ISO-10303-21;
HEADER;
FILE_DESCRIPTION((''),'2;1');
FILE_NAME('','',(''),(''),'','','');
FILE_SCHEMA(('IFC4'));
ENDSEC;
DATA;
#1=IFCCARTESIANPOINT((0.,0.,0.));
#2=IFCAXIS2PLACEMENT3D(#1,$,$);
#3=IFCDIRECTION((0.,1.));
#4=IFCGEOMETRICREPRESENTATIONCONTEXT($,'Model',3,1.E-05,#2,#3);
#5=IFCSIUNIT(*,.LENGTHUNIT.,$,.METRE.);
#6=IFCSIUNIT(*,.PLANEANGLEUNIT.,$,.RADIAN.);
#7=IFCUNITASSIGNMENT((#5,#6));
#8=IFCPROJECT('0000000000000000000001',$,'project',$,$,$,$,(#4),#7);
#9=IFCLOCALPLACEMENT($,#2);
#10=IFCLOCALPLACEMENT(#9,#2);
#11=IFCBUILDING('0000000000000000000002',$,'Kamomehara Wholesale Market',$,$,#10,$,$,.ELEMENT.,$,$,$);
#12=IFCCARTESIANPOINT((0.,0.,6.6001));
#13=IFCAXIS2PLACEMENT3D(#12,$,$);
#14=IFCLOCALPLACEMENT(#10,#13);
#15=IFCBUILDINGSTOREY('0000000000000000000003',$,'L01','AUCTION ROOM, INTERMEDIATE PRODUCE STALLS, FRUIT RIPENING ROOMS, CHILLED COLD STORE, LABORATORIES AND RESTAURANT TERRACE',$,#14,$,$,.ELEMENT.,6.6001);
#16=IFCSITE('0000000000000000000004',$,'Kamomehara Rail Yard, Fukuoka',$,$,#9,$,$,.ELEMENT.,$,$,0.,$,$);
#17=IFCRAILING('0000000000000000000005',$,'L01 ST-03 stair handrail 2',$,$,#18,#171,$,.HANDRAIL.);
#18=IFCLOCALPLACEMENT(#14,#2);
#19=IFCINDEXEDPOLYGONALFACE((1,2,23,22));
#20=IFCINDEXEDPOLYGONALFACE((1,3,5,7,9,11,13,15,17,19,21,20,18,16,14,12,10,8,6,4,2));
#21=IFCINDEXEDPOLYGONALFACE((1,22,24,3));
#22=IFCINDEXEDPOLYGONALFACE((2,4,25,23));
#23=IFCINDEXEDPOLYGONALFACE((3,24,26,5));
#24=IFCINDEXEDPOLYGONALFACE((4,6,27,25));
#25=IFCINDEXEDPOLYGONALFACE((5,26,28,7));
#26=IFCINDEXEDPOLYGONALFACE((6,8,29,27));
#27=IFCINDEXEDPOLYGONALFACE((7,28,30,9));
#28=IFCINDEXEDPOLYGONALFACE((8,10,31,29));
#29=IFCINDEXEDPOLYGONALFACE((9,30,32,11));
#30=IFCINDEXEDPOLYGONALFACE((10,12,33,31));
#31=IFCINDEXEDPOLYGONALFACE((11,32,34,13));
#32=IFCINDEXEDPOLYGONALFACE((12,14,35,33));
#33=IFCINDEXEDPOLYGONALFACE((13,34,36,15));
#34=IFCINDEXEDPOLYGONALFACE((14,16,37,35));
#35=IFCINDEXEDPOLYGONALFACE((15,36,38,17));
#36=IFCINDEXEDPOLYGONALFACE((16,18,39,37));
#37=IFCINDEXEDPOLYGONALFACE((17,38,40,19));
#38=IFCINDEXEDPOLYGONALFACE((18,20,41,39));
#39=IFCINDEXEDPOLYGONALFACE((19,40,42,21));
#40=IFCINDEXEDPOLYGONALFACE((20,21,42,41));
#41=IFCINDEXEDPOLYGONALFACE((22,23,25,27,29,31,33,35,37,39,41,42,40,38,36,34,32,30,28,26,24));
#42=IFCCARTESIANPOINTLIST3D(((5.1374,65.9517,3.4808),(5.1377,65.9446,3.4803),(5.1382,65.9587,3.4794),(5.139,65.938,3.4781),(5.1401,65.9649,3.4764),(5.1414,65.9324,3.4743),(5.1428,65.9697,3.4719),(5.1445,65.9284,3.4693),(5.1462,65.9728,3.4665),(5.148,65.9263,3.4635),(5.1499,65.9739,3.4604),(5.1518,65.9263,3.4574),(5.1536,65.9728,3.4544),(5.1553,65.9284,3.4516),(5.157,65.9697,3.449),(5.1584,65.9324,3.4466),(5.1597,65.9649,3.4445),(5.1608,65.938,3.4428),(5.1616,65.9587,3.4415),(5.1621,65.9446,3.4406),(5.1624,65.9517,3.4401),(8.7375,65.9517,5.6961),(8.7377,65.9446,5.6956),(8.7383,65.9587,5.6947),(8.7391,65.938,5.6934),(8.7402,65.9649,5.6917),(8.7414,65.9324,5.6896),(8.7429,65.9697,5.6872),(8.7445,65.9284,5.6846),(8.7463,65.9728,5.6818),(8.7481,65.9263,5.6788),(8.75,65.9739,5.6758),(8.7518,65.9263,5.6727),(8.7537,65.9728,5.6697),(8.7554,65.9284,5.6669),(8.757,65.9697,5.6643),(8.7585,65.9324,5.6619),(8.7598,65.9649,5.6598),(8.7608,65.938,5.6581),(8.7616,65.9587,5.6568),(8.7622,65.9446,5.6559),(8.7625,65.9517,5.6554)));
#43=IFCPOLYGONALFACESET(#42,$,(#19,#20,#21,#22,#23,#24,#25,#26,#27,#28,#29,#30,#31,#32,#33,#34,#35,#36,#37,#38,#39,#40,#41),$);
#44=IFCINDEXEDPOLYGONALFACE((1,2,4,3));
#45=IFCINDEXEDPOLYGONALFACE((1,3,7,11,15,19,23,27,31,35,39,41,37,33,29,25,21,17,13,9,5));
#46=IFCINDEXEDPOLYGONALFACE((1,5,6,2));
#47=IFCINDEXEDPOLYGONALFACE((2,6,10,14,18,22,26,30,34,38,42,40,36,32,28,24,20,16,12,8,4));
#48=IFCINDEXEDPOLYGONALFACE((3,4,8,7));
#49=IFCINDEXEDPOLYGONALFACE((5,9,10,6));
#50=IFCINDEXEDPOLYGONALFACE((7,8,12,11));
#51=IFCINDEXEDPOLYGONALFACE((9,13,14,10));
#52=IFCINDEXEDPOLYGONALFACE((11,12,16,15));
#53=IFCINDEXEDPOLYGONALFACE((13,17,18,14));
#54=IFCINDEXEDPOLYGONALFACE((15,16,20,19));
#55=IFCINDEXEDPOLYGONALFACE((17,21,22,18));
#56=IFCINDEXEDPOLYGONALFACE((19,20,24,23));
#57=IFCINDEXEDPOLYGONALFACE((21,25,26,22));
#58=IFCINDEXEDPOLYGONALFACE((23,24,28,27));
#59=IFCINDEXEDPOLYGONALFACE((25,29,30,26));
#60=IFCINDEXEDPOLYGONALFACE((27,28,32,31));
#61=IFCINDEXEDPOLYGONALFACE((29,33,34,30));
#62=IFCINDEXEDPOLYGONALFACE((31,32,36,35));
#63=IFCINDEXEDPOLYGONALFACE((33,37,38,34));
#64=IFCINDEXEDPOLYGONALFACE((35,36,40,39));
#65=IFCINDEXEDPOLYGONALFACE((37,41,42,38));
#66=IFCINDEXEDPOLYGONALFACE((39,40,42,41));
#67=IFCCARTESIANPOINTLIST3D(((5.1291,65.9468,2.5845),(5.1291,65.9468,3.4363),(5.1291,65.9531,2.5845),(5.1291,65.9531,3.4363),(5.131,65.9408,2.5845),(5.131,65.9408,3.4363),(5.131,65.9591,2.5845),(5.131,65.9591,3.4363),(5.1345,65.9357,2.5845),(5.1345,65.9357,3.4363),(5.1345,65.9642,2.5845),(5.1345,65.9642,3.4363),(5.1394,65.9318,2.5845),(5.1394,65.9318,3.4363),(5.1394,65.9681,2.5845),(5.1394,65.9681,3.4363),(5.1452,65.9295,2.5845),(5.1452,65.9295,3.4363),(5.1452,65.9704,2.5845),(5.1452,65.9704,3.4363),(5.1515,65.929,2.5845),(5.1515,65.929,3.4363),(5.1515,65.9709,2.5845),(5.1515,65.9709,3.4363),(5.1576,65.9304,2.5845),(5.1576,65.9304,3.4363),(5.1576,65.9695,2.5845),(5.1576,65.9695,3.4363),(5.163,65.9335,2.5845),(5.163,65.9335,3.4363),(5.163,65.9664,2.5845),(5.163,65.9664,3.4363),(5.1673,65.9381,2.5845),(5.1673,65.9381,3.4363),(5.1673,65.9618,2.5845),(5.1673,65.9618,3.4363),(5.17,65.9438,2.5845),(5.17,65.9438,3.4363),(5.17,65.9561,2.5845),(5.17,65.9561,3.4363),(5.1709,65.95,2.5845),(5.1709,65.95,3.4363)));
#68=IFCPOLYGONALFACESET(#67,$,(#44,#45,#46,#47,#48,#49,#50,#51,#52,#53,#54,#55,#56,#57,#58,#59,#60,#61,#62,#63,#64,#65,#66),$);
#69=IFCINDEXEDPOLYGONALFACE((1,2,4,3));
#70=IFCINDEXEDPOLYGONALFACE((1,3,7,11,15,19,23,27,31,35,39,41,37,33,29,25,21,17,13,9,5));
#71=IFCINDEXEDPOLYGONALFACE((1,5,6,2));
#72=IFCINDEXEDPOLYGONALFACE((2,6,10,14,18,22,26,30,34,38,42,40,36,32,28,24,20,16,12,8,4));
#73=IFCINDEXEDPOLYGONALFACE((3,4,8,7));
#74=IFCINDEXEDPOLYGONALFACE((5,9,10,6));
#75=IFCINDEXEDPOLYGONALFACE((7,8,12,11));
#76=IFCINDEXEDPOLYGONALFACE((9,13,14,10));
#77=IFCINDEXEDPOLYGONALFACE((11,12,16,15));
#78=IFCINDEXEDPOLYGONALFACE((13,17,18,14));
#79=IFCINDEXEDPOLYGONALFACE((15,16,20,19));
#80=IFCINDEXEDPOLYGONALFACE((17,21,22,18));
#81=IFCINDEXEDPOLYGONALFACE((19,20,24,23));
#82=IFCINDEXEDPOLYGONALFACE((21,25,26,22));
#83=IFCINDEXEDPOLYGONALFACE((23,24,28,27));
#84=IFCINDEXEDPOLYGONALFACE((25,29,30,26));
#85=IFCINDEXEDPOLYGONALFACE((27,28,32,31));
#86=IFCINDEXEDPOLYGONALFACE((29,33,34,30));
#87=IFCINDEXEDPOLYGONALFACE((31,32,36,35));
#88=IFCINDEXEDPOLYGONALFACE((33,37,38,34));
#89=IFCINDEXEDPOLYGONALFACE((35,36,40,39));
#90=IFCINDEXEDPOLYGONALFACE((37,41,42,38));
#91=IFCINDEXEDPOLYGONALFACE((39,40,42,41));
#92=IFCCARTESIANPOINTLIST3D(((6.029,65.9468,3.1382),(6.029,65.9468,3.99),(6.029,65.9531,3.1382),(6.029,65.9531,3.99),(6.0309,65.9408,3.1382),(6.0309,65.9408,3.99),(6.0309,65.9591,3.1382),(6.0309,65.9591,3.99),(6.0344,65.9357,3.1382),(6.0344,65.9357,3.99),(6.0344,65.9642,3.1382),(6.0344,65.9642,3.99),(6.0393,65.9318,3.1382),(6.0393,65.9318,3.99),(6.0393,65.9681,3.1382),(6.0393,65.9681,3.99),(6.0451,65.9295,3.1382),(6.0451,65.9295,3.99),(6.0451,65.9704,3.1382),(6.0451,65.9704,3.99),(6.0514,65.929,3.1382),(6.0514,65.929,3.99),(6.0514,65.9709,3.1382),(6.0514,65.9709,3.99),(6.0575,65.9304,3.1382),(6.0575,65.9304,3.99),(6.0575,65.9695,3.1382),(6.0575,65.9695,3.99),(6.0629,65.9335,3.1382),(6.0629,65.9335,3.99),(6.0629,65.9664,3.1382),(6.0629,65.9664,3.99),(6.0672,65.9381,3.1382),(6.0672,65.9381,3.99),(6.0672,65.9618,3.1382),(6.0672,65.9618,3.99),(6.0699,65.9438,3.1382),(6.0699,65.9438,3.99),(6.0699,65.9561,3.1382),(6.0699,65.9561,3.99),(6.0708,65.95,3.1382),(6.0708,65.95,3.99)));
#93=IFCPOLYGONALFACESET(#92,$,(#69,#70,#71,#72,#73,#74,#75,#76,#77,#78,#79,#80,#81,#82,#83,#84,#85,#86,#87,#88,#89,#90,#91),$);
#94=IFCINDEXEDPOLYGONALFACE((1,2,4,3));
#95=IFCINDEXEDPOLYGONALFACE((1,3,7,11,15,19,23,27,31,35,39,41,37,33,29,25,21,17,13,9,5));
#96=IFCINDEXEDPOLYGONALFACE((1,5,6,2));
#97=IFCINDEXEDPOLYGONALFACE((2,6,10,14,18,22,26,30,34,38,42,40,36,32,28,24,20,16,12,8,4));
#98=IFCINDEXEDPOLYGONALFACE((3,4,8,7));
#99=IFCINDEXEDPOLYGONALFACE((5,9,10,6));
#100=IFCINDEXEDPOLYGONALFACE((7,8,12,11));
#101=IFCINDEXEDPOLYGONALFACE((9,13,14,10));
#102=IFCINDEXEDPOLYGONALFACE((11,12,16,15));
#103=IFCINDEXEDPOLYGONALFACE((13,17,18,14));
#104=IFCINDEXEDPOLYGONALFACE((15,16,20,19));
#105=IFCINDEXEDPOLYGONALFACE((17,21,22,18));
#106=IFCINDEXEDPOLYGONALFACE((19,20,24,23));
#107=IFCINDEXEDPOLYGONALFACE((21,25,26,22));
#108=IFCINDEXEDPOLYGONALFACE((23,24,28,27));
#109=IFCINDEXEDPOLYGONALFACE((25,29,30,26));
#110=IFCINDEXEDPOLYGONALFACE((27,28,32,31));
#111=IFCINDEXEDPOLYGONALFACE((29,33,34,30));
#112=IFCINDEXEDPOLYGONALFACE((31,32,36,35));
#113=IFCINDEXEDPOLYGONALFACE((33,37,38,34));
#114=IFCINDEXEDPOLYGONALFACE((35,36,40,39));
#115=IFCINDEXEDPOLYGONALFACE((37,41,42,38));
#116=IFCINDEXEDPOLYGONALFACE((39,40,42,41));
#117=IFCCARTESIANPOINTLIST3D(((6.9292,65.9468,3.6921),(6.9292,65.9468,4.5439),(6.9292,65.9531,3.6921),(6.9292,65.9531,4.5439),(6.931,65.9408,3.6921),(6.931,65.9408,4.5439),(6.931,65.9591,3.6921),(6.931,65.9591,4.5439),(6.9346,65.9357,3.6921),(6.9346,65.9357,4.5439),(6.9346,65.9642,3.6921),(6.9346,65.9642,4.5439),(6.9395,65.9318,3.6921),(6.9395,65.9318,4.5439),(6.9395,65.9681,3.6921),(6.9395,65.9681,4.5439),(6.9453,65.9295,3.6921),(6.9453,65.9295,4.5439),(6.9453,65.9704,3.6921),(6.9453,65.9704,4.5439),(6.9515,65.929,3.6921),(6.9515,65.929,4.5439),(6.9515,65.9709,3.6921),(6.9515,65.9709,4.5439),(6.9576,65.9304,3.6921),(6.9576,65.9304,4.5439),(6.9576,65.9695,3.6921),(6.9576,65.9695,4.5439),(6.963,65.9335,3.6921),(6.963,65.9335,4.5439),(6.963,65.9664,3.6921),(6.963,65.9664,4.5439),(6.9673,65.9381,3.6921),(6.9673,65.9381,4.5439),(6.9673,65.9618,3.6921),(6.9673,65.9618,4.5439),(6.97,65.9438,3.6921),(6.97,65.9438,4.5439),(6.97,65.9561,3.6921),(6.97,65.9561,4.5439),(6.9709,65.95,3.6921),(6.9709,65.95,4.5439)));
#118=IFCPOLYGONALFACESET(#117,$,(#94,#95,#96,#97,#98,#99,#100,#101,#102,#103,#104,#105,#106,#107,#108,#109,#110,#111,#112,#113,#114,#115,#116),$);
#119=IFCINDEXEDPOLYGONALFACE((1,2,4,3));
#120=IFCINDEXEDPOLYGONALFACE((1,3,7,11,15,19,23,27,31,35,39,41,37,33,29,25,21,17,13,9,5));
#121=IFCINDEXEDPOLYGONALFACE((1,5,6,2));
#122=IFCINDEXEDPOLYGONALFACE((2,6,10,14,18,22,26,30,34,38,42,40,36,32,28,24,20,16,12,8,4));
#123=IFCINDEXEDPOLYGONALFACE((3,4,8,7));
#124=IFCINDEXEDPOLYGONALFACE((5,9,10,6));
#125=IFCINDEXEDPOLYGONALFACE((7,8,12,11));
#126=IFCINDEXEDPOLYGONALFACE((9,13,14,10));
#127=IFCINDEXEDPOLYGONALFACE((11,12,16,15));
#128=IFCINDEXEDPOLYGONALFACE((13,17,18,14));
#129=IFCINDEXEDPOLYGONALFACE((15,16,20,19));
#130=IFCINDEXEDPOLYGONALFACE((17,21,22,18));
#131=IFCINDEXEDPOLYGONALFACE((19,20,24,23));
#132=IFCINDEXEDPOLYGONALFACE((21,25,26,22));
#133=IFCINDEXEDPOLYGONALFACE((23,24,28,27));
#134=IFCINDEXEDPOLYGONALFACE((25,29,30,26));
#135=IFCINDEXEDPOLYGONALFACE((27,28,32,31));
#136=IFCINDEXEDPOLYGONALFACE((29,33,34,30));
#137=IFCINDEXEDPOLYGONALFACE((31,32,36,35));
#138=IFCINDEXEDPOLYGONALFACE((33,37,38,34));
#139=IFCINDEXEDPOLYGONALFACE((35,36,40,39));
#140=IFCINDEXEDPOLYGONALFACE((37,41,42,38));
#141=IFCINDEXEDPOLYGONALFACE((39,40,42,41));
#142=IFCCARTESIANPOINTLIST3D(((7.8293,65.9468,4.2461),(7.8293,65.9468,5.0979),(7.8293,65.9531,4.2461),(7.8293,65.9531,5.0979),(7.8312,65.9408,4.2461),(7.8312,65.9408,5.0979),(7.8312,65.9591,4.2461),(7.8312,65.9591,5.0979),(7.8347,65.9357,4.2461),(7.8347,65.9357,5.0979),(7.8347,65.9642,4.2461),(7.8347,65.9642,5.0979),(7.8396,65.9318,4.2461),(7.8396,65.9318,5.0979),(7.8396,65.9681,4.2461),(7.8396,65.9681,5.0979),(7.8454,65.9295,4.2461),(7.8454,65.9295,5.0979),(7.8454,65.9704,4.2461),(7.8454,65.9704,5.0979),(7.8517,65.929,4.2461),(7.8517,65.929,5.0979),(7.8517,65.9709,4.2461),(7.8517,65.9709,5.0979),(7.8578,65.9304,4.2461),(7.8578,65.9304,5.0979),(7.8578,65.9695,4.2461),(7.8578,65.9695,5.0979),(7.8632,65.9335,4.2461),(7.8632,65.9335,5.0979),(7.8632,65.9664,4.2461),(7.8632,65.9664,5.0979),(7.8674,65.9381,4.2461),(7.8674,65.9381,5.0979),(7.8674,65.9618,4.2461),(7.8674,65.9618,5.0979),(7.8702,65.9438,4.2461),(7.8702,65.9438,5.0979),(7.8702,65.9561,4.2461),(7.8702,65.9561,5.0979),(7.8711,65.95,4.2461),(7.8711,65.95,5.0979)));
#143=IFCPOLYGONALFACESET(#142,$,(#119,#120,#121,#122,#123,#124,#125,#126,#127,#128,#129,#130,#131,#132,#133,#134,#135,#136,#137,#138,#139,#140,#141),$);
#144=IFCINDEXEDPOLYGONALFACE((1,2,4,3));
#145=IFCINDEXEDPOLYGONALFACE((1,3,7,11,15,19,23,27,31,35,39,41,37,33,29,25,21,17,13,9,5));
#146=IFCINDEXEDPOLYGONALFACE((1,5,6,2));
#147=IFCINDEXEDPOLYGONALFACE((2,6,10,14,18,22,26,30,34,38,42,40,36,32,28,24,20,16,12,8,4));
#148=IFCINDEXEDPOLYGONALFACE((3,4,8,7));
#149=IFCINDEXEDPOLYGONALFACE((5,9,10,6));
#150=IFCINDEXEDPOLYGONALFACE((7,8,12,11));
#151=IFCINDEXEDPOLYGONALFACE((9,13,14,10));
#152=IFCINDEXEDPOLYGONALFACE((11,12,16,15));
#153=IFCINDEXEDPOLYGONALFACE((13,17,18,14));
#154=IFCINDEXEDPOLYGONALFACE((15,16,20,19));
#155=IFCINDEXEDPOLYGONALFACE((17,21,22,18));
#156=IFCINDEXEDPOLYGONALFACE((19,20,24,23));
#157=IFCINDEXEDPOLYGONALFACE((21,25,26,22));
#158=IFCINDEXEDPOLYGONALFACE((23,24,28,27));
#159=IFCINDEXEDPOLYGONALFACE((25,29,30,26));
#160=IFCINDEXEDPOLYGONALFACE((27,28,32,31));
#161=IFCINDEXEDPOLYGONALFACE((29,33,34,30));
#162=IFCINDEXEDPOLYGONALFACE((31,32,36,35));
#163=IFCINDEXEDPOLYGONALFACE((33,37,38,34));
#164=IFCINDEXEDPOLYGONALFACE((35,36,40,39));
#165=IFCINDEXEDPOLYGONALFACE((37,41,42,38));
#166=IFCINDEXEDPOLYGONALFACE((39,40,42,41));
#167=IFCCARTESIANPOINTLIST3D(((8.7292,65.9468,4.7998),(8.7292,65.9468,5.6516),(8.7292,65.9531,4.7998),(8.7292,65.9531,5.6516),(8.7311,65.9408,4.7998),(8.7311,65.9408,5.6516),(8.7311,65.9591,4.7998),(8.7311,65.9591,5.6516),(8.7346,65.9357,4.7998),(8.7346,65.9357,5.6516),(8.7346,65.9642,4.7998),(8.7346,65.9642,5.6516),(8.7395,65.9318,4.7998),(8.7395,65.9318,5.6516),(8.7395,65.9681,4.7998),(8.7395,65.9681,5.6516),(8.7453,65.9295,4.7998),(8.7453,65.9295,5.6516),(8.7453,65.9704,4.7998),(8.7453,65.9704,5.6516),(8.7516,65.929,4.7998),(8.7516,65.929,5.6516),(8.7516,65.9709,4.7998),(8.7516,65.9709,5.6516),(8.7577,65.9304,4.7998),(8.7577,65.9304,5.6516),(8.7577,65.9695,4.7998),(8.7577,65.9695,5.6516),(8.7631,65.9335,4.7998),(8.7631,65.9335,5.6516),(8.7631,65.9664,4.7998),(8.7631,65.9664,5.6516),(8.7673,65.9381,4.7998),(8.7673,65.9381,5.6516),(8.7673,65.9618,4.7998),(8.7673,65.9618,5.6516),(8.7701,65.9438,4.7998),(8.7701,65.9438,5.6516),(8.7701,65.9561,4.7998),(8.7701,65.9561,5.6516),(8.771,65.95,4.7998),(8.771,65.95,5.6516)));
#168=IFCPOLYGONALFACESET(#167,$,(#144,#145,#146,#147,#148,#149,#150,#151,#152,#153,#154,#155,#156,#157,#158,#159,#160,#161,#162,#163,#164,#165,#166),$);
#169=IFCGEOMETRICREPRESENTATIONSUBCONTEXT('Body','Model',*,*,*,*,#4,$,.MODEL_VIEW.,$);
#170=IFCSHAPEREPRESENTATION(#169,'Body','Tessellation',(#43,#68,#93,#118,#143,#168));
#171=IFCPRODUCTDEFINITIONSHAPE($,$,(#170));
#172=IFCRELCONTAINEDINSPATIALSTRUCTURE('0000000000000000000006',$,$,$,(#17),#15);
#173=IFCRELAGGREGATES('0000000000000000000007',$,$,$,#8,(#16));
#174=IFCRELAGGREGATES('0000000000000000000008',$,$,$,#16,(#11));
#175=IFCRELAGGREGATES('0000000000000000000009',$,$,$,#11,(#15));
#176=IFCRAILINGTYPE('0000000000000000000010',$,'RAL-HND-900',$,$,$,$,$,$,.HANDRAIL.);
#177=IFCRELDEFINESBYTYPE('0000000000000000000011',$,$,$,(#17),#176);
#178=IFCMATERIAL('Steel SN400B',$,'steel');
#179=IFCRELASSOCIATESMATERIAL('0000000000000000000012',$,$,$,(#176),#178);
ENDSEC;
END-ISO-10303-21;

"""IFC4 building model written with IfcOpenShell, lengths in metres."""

from ifc_helpers import new_model, si_unit, direction, frame, origin, origin_2d, place, context, subcontext, project, spatial, circle, extrude, material, type_object, element, save


model = new_model("IFC4")

# Units and contexts
model_context = context("Model", 3, precision=1e-05, world=origin(), true_north=direction((0.0, 1.0)))
body_context = subcontext(model_context, "Body", "Model", "MODEL_VIEW")
ifc_project = project(units=[si_unit("LENGTHUNIT", "METRE"), si_unit("PLANEANGLEUNIT", "RADIAN")], contexts=[model_context])

# Site, building, storey
site_placement = place(None, origin())
site = spatial("IfcSite", under=ifc_project, at=site_placement, Name="Kamomehara Rail Yard, Fukuoka", CompositionType="ELEMENT", RefElevation=0.0)
building_placement = place(site_placement, origin())
building = spatial("IfcBuilding", under=site, at=building_placement, Name="Kamomehara Wholesale Market", CompositionType="ELEMENT")
storey_placement = place(building_placement, frame((0.0, 0.0, 6.6001)))
storey = spatial("IfcBuildingStorey", under=building, at=storey_placement, Name="L01", Description="AUCTION ROOM, INTERMEDIATE PRODUCE STALLS, FRUIT RIPENING ROOMS, CHILLED COLD STORE, LABORATORIES AND RESTAURANT TERRACE", CompositionType="ELEMENT", Elevation=6.6001)

# Railing
ifc_material_1 = material(Name="Steel SN400B", Category="steel")
railing_type_1 = type_object("IfcRailingType", Name="RAL-HND-900", PredefinedType="HANDRAIL", material=ifc_material_1)
railing_1_placement = place(storey_placement, frame((5.1499, 65.95, 2.5845)))
element("IfcRailing", 1, at=railing_1_placement, inside=storey, type_object=railing_type_1, Name="L01 ST-03 stair handrail 2", PredefinedType="HANDRAIL", context=body_context, shape_type="SweptSolid", body=[
    extrude(circle(Radius=0.0239, at=origin_2d()), frame((0.0, 0.0, 0.876), z_axis=(0.85167, 0.0, 0.524078), x_axis=(0.0, 1.0, 0.0)), (0.0, 0.0, 1.0), 4.2271),
    extrude(circle(Radius=0.021, at=origin_2d()), origin(), (0.0, 0.0, 1.0), 0.8518),
    extrude(circle(Radius=0.021, at=origin_2d()), frame((0.8999, 0.0, 0.5537)), (0.0, 0.0, 1.0), 0.8518),
    extrude(circle(Radius=0.021, at=origin_2d()), frame((1.8, 0.0, 1.1077)), (0.0, 0.0, 1.0), 0.8518),
    extrude(circle(Radius=0.021, at=origin_2d()), frame((2.7002, 0.0, 1.6616)), (0.0, 0.0, 1.0), 0.8518),
    extrude(circle(Radius=0.021, at=origin_2d()), frame((3.6001, 0.0, 2.2153)), (0.0, 0.0, 1.0), 0.8518),
])

save(model, "model.ifc")
